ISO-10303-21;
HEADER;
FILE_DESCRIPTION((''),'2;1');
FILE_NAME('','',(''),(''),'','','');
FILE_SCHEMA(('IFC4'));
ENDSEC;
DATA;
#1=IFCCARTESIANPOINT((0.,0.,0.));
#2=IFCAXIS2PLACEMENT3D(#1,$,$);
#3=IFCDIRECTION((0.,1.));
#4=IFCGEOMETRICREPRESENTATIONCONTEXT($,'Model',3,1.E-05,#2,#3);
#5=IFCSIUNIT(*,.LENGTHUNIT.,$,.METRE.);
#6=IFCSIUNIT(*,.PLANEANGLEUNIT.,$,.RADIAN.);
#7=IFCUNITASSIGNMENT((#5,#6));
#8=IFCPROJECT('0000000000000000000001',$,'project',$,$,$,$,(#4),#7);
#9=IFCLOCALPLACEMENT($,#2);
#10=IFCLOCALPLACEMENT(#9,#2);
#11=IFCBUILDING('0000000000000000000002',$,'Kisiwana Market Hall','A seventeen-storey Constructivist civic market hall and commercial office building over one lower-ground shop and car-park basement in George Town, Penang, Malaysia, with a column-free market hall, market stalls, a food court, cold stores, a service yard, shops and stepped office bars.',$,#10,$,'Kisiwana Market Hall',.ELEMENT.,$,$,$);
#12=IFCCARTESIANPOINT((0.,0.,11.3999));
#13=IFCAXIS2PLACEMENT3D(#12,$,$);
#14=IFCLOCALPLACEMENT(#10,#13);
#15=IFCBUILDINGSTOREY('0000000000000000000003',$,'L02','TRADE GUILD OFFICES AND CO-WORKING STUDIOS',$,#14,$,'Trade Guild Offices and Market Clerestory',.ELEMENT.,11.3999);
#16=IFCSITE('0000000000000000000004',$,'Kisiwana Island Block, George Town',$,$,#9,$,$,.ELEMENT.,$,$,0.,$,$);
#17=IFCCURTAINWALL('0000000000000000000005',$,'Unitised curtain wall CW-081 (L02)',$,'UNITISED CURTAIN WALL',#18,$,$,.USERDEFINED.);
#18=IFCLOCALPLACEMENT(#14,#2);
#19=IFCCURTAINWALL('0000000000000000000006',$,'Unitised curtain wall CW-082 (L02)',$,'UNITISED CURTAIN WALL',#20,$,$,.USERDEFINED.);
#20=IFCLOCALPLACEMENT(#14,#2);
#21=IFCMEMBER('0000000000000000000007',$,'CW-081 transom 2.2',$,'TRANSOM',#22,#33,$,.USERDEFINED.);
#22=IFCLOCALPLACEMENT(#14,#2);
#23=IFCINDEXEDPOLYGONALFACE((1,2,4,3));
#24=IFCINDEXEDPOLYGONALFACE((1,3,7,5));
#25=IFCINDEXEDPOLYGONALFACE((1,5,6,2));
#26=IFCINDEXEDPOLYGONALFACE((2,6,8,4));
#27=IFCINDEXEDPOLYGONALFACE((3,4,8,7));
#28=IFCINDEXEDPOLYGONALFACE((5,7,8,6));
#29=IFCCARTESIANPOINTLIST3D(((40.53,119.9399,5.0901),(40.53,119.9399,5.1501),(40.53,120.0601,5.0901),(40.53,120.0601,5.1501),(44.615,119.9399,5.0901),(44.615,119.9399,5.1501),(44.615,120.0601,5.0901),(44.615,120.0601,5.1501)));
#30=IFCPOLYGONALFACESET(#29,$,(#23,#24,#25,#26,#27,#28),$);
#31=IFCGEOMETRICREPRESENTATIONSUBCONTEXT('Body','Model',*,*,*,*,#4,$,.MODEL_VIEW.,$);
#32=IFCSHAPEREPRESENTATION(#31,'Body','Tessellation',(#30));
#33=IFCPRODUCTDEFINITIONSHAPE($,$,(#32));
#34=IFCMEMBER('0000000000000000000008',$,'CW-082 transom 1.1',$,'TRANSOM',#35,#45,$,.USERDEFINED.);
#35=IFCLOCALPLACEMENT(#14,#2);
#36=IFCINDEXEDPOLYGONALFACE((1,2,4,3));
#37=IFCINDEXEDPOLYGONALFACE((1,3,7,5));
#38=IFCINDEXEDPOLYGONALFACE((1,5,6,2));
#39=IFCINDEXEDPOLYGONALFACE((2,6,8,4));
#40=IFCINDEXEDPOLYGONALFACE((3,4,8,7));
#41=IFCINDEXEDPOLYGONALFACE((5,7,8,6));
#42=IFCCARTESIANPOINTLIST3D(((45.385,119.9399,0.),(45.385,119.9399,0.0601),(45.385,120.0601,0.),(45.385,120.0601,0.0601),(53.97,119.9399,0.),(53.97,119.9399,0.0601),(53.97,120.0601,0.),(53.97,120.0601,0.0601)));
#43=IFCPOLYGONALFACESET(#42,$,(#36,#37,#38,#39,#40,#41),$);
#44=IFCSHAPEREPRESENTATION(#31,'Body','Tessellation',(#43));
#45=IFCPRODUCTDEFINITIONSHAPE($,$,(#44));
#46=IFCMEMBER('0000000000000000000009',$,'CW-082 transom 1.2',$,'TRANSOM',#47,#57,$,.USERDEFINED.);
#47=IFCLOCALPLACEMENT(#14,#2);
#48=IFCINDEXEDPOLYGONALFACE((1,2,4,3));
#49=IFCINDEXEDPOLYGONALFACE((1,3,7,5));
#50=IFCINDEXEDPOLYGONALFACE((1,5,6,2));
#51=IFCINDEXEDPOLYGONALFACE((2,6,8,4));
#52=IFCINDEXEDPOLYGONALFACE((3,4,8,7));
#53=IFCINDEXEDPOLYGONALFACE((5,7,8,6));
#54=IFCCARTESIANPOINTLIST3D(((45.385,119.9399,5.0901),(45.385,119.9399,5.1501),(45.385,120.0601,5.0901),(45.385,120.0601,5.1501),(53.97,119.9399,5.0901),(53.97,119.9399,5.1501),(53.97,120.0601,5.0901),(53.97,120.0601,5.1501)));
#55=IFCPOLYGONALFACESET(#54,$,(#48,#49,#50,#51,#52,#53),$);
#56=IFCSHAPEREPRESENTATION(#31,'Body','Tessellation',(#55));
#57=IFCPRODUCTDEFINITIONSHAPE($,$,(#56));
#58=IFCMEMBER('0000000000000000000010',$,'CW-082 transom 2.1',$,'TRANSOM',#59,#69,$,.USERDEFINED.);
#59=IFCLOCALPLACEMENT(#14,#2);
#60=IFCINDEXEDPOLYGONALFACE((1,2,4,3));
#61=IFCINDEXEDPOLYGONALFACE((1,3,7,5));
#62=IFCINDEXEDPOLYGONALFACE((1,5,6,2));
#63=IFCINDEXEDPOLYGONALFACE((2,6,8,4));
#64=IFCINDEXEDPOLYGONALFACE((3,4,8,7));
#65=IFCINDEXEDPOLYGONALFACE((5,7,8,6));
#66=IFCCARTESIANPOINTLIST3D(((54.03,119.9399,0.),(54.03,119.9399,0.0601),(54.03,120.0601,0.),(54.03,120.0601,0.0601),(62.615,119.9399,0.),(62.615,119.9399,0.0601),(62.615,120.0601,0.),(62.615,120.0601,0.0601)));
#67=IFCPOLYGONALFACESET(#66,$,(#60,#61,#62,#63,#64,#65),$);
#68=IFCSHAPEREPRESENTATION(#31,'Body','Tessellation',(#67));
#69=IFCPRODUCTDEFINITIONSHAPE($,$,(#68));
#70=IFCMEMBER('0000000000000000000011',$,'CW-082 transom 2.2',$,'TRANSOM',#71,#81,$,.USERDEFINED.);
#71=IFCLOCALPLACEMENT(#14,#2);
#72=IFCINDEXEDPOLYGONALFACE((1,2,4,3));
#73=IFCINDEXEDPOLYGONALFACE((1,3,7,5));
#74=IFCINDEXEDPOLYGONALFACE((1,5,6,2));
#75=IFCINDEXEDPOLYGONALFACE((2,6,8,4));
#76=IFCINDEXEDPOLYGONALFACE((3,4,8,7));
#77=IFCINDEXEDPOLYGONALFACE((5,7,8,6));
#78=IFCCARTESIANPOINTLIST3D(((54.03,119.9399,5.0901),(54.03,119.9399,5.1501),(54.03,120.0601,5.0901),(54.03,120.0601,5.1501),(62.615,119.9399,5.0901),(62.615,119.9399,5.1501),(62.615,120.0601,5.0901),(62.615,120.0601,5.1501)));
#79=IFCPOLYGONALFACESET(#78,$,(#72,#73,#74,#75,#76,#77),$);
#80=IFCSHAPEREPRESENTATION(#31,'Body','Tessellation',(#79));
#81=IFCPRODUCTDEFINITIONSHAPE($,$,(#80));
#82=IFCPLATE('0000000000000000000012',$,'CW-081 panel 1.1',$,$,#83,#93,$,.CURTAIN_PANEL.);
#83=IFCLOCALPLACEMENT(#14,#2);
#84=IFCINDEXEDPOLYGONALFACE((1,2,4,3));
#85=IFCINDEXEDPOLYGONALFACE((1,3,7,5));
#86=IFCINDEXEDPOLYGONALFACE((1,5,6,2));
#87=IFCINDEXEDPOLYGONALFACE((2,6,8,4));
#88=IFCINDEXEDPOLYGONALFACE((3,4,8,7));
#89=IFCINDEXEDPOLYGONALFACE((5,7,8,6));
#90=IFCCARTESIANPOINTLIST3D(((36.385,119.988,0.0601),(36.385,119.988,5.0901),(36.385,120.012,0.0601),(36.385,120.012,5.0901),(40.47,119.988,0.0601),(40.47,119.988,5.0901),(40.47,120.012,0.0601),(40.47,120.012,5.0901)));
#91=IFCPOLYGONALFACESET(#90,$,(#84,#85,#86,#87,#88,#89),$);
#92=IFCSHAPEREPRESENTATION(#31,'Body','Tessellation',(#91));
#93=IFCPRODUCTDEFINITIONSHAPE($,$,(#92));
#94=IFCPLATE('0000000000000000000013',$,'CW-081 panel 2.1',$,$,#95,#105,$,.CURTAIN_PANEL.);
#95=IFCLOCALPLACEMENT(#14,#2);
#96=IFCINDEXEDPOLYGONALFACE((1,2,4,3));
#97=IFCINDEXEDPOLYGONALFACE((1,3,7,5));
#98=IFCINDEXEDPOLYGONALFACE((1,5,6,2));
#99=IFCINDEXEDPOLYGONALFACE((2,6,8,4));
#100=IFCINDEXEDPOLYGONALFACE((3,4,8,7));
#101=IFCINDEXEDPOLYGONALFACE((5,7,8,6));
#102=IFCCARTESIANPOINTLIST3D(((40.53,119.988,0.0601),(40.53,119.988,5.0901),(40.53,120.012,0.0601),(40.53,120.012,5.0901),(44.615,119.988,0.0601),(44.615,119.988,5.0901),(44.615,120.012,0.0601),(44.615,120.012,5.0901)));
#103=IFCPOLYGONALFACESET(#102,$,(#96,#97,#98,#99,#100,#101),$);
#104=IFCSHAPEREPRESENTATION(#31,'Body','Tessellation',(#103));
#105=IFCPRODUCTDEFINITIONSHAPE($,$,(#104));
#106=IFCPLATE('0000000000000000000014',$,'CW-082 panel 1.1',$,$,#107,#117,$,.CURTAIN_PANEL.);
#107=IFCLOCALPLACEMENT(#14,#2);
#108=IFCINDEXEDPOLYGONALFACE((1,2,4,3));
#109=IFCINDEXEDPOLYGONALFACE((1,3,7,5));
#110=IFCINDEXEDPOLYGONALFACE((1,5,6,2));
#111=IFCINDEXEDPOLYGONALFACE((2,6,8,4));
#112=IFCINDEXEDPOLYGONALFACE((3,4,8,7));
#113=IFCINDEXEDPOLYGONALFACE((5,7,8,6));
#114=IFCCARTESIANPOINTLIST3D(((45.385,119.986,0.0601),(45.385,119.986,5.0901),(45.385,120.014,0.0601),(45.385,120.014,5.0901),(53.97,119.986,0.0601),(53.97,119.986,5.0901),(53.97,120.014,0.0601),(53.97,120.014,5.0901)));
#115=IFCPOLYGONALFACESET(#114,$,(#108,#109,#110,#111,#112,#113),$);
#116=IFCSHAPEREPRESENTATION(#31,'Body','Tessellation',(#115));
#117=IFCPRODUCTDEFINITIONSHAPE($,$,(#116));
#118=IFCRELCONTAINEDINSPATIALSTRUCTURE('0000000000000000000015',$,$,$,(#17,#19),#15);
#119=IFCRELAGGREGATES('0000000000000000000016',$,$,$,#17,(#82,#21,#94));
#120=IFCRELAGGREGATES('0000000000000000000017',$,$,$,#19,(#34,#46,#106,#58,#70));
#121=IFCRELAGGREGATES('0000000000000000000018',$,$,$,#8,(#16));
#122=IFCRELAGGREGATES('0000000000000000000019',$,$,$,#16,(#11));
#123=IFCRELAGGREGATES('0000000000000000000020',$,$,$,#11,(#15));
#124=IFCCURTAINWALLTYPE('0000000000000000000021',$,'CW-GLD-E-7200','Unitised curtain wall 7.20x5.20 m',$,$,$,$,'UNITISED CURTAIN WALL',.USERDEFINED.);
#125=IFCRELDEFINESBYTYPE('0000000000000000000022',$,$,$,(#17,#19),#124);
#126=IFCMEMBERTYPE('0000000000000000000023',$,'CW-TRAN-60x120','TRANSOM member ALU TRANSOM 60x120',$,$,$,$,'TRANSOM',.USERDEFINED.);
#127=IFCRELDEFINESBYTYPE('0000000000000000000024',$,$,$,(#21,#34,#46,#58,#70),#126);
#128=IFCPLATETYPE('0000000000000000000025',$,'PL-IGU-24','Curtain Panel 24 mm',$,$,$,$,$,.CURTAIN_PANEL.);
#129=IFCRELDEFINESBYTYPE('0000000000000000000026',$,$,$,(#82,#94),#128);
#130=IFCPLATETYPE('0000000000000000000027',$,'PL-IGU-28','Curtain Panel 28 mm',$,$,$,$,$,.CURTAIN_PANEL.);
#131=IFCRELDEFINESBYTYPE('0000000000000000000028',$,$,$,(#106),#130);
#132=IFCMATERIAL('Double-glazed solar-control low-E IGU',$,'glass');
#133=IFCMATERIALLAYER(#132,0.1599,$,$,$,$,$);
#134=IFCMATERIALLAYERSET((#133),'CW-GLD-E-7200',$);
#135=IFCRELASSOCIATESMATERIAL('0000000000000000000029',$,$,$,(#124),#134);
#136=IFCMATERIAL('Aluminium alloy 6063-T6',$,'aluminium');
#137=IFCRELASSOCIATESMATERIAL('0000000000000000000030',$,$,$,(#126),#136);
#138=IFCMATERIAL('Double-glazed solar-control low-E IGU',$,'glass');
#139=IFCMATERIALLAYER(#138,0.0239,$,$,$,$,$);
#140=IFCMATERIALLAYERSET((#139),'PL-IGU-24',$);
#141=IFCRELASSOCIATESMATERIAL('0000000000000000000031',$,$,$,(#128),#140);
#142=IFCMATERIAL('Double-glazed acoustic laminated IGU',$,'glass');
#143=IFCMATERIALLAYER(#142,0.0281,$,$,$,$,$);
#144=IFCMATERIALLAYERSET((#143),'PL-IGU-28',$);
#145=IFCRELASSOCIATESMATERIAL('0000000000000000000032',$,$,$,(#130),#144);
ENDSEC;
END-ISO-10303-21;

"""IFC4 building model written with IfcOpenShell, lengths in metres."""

from ifc_helpers import new_model, si_unit, direction, frame, origin, origin_2d, place, context, subcontext, project, spatial, rectangle, extrude, material, layer, layer_set, material_profile, profile_set, type_object, element, aggregate, save


model = new_model("IFC4")

# Units and contexts
model_context = context("Model", 3, precision=1e-05, world=origin(), true_north=direction((0.0, 1.0)))
body_context = subcontext(model_context, "Body", "Model", "MODEL_VIEW")
ifc_project = project(units=[si_unit("LENGTHUNIT", "METRE"), si_unit("PLANEANGLEUNIT", "RADIAN")], contexts=[model_context])

# Site, building, storey
site_placement = place(None, origin())
site = spatial("IfcSite", under=ifc_project, at=site_placement, Name="Kisiwana Island Block, George Town", CompositionType="ELEMENT", RefElevation=0.0)
building_placement = place(site_placement, origin())
building = spatial("IfcBuilding", under=site, at=building_placement, Name="Kisiwana Market Hall", Description="A seventeen-storey Constructivist civic market hall and commercial office building over one lower-ground shop and car-park basement in George Town, Penang, Malaysia, with a column-free market hall, market stalls, a food court, cold stores, a service yard, shops and stepped office bars.", LongName="Kisiwana Market Hall", CompositionType="ELEMENT")
storey_placement = place(building_placement, frame((0.0, 0.0, 11.3999)))
storey = spatial("IfcBuildingStorey", under=building, at=storey_placement, Name="L02", Description="TRADE GUILD OFFICES AND CO-WORKING STUDIOS", LongName="Trade Guild Offices and Market Clerestory", CompositionType="ELEMENT", Elevation=11.3999)

# Curtain walls
ifc_material_1 = material(Name="Double-glazed solar-control low-E IGU", Category="glass")
ifc_layer_1 = layer(ifc_material_1, 0.1599)
ifc_layer_set_1 = layer_set([ifc_layer_1], Name="CW-GLD-E-7200")
curtain_wall_type = type_object("IfcCurtainWallType", Name="CW-GLD-E-7200", Description="Unitised curtain wall 7.20x5.20 m", ElementType="UNITISED CURTAIN WALL", PredefinedType="USERDEFINED", material=ifc_layer_set_1)
curtain_wall_1_placement = place(storey_placement, origin())
curtain_wall_1 = element("IfcCurtainWall", 1, at=curtain_wall_1_placement, inside=storey, type_object=curtain_wall_type, Name="Unitised curtain wall CW-081 (L02)", ObjectType="UNITISED CURTAIN WALL", PredefinedType="USERDEFINED")
curtain_wall_2_placement = place(storey_placement, origin())
curtain_wall_2 = element("IfcCurtainWall", 2, at=curtain_wall_2_placement, inside=storey, type_object=curtain_wall_type, Name="Unitised curtain wall CW-082 (L02)", ObjectType="UNITISED CURTAIN WALL", PredefinedType="USERDEFINED")

# Members
ifc_material_2 = material(Name="Aluminium alloy 6063-T6", Category="aluminium")
ifc_material_profile_1 = material_profile(ifc_material_2, rectangle(XDim=0.1201, YDim=0.0601, at=origin_2d()), Name="ALU TRANSOM 60x120")
ifc_profile_set_1 = profile_set([ifc_material_profile_1], Name="Aluminium alloy 6063-T6")
member_type_1 = type_object("IfcMemberType", Name="CW-TRAN-60x120", Description="TRANSOM member ALU TRANSOM 60x120", ElementType="TRANSOM", PredefinedType="USERDEFINED", material=ifc_profile_set_1)
member_1_placement = place(storey_placement, frame((40.53, 120.0, 5.1201), z_axis=(1.0, 0.0, 0.0), x_axis=(0.0, 1.0, 0.0)))
member_1 = element("IfcMember", 3, at=member_1_placement, type_object=member_type_1, Name="CW-081 transom 2.2", ObjectType="TRANSOM", PredefinedType="USERDEFINED", context=body_context, shape_type="SweptSolid", body=[
    extrude(rectangle(XDim=0.1201, YDim=0.0601, at=origin_2d()), origin(), (0.0, 0.0, 1.0), 4.085),
])
member_2_placement = place(storey_placement, frame((45.385, 120.0, 0.03), z_axis=(1.0, 0.0, 0.0), x_axis=(0.0, 1.0, 0.0)))
member_2 = element("IfcMember", 4, at=member_2_placement, type_object=member_type_1, Name="CW-082 transom 1.1", ObjectType="TRANSOM", PredefinedType="USERDEFINED", context=body_context, shape_type="SweptSolid", body=[
    extrude(rectangle(XDim=0.1201, YDim=0.0601, at=origin_2d()), origin(), (0.0, 0.0, 1.0), 8.585),
])
member_3_placement = place(storey_placement, frame((45.385, 120.0, 5.1201), z_axis=(1.0, 0.0, 0.0), x_axis=(0.0, 1.0, 0.0)))
member_3 = element("IfcMember", 5, at=member_3_placement, type_object=member_type_1, Name="CW-082 transom 1.2", ObjectType="TRANSOM", PredefinedType="USERDEFINED", context=body_context, shape_type="SweptSolid", body=[
    extrude(rectangle(XDim=0.1201, YDim=0.0601, at=origin_2d()), origin(), (0.0, 0.0, 1.0), 8.585),
])
member_4_placement = place(storey_placement, frame((54.03, 120.0, 0.03), z_axis=(1.0, 0.0, 0.0), x_axis=(0.0, 1.0, 0.0)))
member_4 = element("IfcMember", 6, at=member_4_placement, type_object=member_type_1, Name="CW-082 transom 2.1", ObjectType="TRANSOM", PredefinedType="USERDEFINED", context=body_context, shape_type="SweptSolid", body=[
    extrude(rectangle(XDim=0.1201, YDim=0.0601, at=origin_2d()), origin(), (0.0, 0.0, 1.0), 8.585),
])
member_5_placement = place(storey_placement, frame((54.03, 120.0, 5.1201), z_axis=(1.0, 0.0, 0.0), x_axis=(0.0, 1.0, 0.0)))
member_5 = element("IfcMember", 7, at=member_5_placement, type_object=member_type_1, Name="CW-082 transom 2.2", ObjectType="TRANSOM", PredefinedType="USERDEFINED", context=body_context, shape_type="SweptSolid", body=[
    extrude(rectangle(XDim=0.1201, YDim=0.0601, at=origin_2d()), origin(), (0.0, 0.0, 1.0), 8.585),
])

# Plates
ifc_material_3 = material(Name="Double-glazed solar-control low-E IGU", Category="glass")
ifc_layer_2 = layer(ifc_material_3, 0.0239)
ifc_layer_set_2 = layer_set([ifc_layer_2], Name="PL-IGU-24")
plate_type_1 = type_object("IfcPlateType", Name="PL-IGU-24", Description="Curtain Panel 24 mm", PredefinedType="CURTAIN_PANEL", material=ifc_layer_set_2)
plate_1_placement = place(storey_placement, frame((38.4275, 120.0, 0.0601), z_axis=(0.0, 0.0, 1.0), x_axis=(1.0, 0.0, 0.0)))
plate_1 = element("IfcPlate", 8, at=plate_1_placement, type_object=plate_type_1, Name="CW-081 panel 1.1", PredefinedType="CURTAIN_PANEL", context=body_context, shape_type="SweptSolid", body=[
    extrude(rectangle(XDim=4.085, YDim=0.0239, at=origin_2d()), origin(), (0.0, 0.0, 1.0), 5.03),
])
plate_2_placement = place(storey_placement, frame((42.5725, 120.0, 0.0601), z_axis=(0.0, 0.0, 1.0), x_axis=(1.0, 0.0, 0.0)))
plate_2 = element("IfcPlate", 9, at=plate_2_placement, type_object=plate_type_1, Name="CW-081 panel 2.1", PredefinedType="CURTAIN_PANEL", context=body_context, shape_type="SweptSolid", body=[
    extrude(rectangle(XDim=4.085, YDim=0.0239, at=origin_2d()), origin(), (0.0, 0.0, 1.0), 5.03),
])
aggregate(curtain_wall_1, [plate_1, member_1, plate_2])
ifc_material_4 = material(Name="Double-glazed acoustic laminated IGU", Category="glass")
ifc_layer_3 = layer(ifc_material_4, 0.0281)
ifc_layer_set_3 = layer_set([ifc_layer_3], Name="PL-IGU-28")
plate_type_2 = type_object("IfcPlateType", Name="PL-IGU-28", Description="Curtain Panel 28 mm", PredefinedType="CURTAIN_PANEL", material=ifc_layer_set_3)
plate_3_placement = place(storey_placement, frame((49.6775, 120.0, 0.0601), z_axis=(0.0, 0.0, 1.0), x_axis=(1.0, 0.0, 0.0)))
plate_3 = element("IfcPlate", 10, at=plate_3_placement, type_object=plate_type_2, Name="CW-082 panel 1.1", PredefinedType="CURTAIN_PANEL", context=body_context, shape_type="SweptSolid", body=[
    extrude(rectangle(XDim=8.585, YDim=0.0281, at=origin_2d()), origin(), (0.0, 0.0, 1.0), 5.03),
])
aggregate(curtain_wall_2, [member_2, member_3, plate_3, member_4, member_5])

save(model, "model.ifc")
